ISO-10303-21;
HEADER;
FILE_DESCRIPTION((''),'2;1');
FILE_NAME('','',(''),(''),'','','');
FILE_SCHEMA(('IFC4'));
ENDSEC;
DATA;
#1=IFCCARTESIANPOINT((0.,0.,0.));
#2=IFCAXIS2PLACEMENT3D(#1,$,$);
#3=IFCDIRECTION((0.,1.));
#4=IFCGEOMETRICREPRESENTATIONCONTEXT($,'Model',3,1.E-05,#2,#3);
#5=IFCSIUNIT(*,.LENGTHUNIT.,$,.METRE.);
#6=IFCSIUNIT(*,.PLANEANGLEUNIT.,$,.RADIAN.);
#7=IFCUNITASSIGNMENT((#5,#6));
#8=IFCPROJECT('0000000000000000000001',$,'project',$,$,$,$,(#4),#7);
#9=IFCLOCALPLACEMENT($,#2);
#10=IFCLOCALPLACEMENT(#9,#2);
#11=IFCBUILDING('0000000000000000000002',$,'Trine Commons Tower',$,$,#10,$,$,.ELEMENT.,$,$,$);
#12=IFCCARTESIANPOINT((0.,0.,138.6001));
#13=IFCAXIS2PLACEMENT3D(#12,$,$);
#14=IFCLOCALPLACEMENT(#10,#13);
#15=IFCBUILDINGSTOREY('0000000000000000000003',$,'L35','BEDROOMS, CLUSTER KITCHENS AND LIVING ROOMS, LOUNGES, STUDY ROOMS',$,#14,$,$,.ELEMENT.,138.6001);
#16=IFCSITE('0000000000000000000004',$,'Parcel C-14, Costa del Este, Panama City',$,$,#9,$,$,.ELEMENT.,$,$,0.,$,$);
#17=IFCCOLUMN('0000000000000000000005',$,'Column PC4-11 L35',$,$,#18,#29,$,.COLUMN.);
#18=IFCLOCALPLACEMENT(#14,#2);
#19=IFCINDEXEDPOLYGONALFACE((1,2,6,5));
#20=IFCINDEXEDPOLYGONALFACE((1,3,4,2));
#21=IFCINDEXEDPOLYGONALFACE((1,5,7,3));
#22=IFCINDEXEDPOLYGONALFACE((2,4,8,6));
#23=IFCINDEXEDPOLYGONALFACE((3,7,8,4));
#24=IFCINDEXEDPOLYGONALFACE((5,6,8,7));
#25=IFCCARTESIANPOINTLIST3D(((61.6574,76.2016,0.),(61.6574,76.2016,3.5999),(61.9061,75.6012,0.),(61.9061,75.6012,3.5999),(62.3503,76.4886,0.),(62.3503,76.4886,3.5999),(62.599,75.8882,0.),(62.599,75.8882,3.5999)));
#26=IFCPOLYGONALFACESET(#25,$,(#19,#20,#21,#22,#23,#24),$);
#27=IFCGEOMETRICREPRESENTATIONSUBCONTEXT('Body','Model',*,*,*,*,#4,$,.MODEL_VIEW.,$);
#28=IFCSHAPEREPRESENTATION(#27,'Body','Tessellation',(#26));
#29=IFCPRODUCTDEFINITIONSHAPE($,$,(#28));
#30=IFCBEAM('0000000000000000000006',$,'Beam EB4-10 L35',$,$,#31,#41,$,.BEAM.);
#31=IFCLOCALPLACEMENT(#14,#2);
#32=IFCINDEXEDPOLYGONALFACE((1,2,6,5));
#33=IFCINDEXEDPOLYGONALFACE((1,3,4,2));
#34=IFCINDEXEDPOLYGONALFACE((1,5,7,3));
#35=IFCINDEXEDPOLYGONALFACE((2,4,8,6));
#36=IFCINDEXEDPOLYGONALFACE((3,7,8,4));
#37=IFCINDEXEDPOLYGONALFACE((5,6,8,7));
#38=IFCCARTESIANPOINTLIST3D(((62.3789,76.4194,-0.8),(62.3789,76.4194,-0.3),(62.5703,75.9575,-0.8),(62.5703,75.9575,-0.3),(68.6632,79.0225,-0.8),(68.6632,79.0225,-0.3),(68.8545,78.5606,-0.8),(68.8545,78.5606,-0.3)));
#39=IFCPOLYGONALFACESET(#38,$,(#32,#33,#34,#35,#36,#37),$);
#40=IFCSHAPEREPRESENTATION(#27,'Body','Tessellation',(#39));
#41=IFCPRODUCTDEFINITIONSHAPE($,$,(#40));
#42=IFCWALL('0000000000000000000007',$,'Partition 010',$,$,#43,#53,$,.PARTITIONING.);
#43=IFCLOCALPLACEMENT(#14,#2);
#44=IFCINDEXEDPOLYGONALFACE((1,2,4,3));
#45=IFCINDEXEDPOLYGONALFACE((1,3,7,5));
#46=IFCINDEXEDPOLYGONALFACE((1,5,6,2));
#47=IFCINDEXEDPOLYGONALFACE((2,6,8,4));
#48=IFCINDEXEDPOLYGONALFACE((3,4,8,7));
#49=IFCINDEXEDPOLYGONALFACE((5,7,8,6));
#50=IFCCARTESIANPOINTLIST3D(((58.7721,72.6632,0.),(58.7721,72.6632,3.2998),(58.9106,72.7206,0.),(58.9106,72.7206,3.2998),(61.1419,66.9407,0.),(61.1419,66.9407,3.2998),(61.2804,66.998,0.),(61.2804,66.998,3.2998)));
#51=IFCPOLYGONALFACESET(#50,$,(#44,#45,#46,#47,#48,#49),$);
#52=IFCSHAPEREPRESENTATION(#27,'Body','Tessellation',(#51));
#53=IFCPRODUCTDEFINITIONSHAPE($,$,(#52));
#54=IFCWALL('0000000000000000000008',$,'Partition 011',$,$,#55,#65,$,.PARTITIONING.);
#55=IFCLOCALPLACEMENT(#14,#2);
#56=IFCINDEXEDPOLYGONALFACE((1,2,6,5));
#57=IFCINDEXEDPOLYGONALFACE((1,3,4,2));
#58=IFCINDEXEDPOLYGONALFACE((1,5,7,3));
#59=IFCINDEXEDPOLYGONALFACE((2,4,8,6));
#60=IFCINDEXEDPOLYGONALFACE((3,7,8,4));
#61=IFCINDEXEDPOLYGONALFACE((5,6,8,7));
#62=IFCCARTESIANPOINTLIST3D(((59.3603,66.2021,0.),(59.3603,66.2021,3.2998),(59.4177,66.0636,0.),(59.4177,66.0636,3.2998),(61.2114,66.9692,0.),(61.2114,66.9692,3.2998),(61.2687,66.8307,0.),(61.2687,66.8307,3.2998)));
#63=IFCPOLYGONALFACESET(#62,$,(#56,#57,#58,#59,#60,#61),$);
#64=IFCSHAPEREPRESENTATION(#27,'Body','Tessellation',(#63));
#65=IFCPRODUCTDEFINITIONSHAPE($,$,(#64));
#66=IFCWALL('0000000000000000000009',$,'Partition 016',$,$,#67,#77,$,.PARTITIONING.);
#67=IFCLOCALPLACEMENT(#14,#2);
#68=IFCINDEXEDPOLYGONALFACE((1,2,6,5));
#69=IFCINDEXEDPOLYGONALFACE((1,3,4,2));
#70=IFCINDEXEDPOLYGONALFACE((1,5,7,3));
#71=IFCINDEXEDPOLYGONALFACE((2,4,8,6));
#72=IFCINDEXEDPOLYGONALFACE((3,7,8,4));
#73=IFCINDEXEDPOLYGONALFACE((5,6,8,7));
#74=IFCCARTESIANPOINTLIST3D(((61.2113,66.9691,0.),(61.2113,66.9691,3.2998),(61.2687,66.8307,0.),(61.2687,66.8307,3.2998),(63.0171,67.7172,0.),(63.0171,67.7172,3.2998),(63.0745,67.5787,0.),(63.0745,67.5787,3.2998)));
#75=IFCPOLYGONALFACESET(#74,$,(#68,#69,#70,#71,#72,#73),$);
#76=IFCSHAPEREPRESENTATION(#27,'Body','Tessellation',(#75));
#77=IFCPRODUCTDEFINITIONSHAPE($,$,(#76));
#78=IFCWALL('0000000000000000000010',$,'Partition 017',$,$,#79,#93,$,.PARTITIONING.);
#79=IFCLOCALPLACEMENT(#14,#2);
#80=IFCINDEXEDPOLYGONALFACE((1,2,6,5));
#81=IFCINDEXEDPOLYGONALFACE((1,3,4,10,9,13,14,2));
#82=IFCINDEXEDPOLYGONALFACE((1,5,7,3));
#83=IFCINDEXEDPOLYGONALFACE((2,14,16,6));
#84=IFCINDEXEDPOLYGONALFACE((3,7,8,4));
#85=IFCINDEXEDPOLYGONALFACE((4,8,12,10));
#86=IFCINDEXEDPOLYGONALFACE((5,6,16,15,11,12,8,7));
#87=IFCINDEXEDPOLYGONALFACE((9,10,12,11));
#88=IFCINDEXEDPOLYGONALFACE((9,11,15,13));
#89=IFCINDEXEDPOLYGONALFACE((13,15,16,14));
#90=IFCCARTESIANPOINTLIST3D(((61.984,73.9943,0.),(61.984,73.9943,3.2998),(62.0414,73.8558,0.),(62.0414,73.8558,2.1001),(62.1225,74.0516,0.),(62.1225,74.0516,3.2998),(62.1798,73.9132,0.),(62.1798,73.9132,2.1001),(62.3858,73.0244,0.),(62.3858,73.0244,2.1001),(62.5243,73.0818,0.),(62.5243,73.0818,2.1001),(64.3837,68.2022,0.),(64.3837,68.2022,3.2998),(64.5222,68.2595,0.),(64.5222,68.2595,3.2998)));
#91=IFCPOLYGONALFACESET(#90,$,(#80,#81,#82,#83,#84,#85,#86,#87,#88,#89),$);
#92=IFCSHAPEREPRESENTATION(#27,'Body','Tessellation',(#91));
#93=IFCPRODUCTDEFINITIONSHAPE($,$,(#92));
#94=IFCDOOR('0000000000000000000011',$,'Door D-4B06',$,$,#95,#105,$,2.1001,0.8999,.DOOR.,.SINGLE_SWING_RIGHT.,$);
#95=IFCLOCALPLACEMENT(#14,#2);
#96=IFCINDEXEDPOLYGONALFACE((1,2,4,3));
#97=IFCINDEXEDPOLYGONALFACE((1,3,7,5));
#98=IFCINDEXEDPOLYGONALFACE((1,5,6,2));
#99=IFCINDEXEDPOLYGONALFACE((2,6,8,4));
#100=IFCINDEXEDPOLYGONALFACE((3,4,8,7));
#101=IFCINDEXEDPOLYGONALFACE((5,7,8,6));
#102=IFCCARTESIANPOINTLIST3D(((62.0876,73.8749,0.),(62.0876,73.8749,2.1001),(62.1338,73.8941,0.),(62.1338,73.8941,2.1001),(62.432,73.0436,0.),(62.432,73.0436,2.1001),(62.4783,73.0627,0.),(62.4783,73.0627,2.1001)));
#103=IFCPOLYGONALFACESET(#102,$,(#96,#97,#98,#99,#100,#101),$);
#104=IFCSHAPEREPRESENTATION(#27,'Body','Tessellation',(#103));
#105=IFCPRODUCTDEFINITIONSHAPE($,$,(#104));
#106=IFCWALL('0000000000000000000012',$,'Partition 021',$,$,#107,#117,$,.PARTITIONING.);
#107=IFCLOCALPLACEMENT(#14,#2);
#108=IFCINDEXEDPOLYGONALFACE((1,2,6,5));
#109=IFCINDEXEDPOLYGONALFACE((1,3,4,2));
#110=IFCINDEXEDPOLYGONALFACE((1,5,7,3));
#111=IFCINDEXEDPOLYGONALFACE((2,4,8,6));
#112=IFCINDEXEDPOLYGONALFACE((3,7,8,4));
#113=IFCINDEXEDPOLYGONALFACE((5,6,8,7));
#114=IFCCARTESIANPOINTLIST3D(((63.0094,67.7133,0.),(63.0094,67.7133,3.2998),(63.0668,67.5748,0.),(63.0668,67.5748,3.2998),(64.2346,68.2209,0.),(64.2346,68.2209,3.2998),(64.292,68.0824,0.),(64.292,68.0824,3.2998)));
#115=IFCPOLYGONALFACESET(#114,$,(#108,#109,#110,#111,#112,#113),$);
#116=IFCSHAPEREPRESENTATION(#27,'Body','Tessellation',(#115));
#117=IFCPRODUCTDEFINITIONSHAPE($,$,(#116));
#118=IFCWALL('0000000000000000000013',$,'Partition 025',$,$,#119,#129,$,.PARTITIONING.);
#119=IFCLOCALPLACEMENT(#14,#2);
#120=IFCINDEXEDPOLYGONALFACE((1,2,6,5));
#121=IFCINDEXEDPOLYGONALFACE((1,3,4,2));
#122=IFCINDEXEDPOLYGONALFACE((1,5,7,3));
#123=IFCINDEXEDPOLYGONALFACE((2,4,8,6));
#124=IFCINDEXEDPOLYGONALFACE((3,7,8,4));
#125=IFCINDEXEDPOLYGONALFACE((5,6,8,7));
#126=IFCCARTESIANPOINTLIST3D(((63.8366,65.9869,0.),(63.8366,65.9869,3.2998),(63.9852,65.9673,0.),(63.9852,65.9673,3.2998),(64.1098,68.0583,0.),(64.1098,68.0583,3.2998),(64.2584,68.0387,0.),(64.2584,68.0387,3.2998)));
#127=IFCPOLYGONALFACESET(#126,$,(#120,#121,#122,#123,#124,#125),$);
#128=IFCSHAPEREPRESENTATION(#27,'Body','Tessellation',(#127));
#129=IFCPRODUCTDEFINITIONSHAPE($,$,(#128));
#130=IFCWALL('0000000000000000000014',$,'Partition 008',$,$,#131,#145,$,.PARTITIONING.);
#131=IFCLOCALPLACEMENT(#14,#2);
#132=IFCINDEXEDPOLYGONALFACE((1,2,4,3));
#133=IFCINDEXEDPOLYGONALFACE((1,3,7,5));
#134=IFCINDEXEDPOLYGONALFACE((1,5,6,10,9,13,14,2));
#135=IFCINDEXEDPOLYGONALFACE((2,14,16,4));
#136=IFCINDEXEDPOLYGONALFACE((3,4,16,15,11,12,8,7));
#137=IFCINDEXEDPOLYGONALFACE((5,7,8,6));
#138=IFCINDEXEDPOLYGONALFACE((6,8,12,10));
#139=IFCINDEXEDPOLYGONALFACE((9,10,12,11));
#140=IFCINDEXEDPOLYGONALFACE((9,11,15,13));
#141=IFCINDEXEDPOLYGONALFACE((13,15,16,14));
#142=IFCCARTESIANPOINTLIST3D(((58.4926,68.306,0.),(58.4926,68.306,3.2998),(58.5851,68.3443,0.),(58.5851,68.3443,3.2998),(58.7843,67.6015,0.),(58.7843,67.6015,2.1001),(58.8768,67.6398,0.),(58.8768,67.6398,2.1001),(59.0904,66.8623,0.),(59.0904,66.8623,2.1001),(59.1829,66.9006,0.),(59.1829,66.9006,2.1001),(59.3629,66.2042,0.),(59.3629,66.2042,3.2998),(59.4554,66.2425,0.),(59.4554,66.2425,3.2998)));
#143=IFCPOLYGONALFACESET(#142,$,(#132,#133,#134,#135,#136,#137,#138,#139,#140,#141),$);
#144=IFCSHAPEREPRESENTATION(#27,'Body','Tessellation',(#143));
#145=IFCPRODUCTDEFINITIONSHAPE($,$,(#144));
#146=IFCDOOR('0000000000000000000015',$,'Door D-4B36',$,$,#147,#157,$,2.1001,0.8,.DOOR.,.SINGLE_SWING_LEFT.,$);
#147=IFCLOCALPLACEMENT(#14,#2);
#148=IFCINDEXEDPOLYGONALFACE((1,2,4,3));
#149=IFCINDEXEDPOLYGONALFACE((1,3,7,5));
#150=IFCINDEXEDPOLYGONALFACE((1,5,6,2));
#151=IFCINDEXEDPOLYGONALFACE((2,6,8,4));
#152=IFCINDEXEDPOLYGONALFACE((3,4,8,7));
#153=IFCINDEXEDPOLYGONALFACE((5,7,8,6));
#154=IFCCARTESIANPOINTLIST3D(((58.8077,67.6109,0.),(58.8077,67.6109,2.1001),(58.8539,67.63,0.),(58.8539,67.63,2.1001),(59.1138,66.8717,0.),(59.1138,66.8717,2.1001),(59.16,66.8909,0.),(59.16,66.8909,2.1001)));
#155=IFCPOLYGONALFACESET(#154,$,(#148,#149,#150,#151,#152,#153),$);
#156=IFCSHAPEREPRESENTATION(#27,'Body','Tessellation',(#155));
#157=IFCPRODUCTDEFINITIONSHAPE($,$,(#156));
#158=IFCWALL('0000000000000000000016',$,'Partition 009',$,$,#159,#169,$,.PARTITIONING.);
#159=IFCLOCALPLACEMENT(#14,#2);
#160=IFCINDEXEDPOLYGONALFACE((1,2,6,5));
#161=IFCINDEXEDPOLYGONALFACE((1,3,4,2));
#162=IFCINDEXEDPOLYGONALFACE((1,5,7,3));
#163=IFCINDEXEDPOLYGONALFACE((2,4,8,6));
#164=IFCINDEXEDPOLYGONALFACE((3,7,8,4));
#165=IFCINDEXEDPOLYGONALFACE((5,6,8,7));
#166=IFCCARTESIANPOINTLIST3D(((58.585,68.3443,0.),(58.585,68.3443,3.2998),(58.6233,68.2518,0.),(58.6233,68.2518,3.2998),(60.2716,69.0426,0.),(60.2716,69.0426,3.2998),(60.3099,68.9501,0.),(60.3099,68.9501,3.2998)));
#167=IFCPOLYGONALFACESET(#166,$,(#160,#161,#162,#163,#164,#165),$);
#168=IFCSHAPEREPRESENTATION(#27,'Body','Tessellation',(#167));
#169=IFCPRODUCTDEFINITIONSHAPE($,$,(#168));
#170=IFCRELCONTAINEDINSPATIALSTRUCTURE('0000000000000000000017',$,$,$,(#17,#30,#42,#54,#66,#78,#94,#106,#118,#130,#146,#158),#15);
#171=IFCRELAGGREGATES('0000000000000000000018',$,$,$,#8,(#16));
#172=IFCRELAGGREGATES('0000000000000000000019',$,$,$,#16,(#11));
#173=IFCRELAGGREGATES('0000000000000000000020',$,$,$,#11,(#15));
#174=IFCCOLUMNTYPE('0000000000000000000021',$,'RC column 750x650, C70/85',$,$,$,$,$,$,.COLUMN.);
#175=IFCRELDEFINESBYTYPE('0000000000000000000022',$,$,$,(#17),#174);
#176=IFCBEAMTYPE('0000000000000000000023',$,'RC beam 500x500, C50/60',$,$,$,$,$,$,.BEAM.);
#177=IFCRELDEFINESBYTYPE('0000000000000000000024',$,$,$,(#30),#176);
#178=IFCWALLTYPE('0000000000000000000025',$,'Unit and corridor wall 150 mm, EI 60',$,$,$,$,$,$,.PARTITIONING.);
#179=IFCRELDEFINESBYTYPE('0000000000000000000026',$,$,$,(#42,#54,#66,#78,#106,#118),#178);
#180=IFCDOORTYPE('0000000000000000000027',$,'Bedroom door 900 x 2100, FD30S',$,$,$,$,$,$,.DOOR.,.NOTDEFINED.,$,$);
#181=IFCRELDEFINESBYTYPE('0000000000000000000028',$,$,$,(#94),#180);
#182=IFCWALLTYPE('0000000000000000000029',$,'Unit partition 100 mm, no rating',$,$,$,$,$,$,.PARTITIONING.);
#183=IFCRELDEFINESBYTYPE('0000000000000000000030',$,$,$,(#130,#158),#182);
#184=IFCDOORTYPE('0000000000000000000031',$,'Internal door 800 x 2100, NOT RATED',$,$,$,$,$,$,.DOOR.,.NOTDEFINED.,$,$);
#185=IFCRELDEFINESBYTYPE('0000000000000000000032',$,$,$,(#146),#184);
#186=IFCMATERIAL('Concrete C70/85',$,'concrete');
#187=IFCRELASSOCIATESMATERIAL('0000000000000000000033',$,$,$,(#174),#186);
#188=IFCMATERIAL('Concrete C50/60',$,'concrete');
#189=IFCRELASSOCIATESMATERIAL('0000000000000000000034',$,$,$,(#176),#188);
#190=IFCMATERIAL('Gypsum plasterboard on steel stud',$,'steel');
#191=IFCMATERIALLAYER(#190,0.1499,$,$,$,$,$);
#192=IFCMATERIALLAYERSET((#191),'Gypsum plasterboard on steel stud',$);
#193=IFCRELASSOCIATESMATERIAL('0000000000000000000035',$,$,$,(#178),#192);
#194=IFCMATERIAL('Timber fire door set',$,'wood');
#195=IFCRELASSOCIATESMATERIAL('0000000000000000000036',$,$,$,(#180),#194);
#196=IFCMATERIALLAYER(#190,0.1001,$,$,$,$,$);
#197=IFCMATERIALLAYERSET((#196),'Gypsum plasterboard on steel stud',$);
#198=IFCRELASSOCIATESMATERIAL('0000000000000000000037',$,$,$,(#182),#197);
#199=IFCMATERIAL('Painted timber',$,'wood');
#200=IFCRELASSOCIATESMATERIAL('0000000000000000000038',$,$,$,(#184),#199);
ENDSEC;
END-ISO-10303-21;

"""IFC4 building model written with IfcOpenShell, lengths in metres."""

from ifc_helpers import new_model, si_unit, direction, frame, frame_2d, origin, origin_2d, place, context, subcontext, project, spatial, rectangle, extrude, material, layer, layer_set, material_profile, profile_set, type_object, element, fill, save


model = new_model("IFC4")

# Units and contexts
model_context = context("Model", 3, precision=1e-05, world=origin(), true_north=direction((0.0, 1.0)))
body_context = subcontext(model_context, "Body", "Model", "MODEL_VIEW")
ifc_project = project(units=[si_unit("LENGTHUNIT", "METRE"), si_unit("PLANEANGLEUNIT", "RADIAN")], contexts=[model_context])

# Site, building, storey
site_placement = place(None, origin())
site = spatial("IfcSite", under=ifc_project, at=site_placement, Name="Parcel C-14, Costa del Este, Panama City", CompositionType="ELEMENT", RefElevation=0.0)
building_placement = place(site_placement, origin())
building = spatial("IfcBuilding", under=site, at=building_placement, Name="Trine Commons Tower", CompositionType="ELEMENT")
storey_placement = place(building_placement, frame((0.0, 0.0, 138.6001)))
storey = spatial("IfcBuildingStorey", under=building, at=storey_placement, Name="L35", Description="BEDROOMS, CLUSTER KITCHENS AND LIVING ROOMS, LOUNGES, STUDY ROOMS", CompositionType="ELEMENT", Elevation=138.6001)

# Column
ifc_material_1 = material(Name="Concrete C70/85", Category="concrete")
ifc_material_profile_1 = material_profile(ifc_material_1, rectangle(XDim=0.75, YDim=0.6499, at=origin_2d()), Name="RC 750x650")
ifc_profile_set_1 = profile_set([ifc_material_profile_1], Name="Concrete C70/85")
column_type = type_object("IfcColumnType", Name="RC column 750x650, C70/85", PredefinedType="COLUMN", material=ifc_profile_set_1)
column_placement = place(storey_placement, frame((62.1282, 76.0449, 0.0), z_axis=(0.0, 0.0, 1.0), x_axis=(0.92388, 0.382683, 0.0)))
element("IfcColumn", 1, at=column_placement, inside=storey, type_object=column_type, Name="Column PC4-11 L35", PredefinedType="COLUMN", context=body_context, shape_type="SweptSolid", body=[
    extrude(rectangle(XDim=0.75, YDim=0.6499, at=origin_2d()), origin(), (0.0, 0.0, 1.0), 3.5999),
])

# Beam
ifc_material_2 = material(Name="Concrete C50/60", Category="concrete")
ifc_material_profile_2 = material_profile(ifc_material_2, rectangle(XDim=0.5, YDim=0.5, at=origin_2d()), Name="RC 500x500")
ifc_profile_set_2 = profile_set([ifc_material_profile_2], Name="Concrete C50/60")
beam_type = type_object("IfcBeamType", Name="RC beam 500x500, C50/60", PredefinedType="BEAM", material=ifc_profile_set_2)
beam_placement = place(storey_placement, frame((62.4746, 76.1885, -0.55), z_axis=(0.923878, 0.382688, 0.0), x_axis=(-0.382688, 0.923878, 0.0)))
element("IfcBeam", 2, at=beam_placement, inside=storey, type_object=beam_type, Name="Beam EB4-10 L35", PredefinedType="BEAM", context=body_context, shape_type="SweptSolid", body=[
    extrude(rectangle(XDim=0.5, YDim=0.5, at=origin_2d()), origin(), (0.0, 0.0, 1.0), 6.802),
])

# Walls
ifc_material_3 = material(Name="Gypsum plasterboard on steel stud", Category="steel")
ifc_layer_1 = layer(ifc_material_3, 0.1499)
ifc_layer_set_1 = layer_set([ifc_layer_1], Name="Gypsum plasterboard on steel stud")
wall_type_1 = type_object("IfcWallType", Name="Unit and corridor wall 150 mm, EI 60", PredefinedType="PARTITIONING", material=ifc_layer_set_1)
wall_1_placement = place(storey_placement, frame((58.8413, 72.6919, 0.0), z_axis=(0.0, 0.0, 1.0), x_axis=(0.382611, -0.92391, 0.0)))
element("IfcWall", 3, at=wall_1_placement, inside=storey, type_object=wall_type_1, Name="Partition 010", PredefinedType="PARTITIONING", context=body_context, shape_type="SweptSolid", body=[
    extrude(rectangle(XDim=6.1938, YDim=0.1499, at=frame_2d((3.0969, 0.0))), origin(), (0.0, 0.0, 1.0), 3.2998),
])
wall_2_placement = place(storey_placement, frame((59.3889, 66.1328, 0.0), z_axis=(0.0, 0.0, 1.0), x_axis=(0.923818, 0.382832, 0.0)))
element("IfcWall", 4, at=wall_2_placement, inside=storey, type_object=wall_type_1, Name="Partition 011", PredefinedType="PARTITIONING", context=body_context, shape_type="SweptSolid", body=[
    extrude(rectangle(XDim=2.0037, YDim=0.1499, at=frame_2d((1.002, 0.0))), origin(), (0.0, 0.0, 1.0), 3.2998),
])
wall_3_placement = place(storey_placement, frame((61.24, 66.8999, 0.0), z_axis=(0.0, 0.0, 1.0), x_axis=(0.923877, 0.38269, 0.0)))
element("IfcWall", 5, at=wall_3_placement, inside=storey, type_object=wall_type_1, Name="Partition 016", PredefinedType="PARTITIONING", context=body_context, shape_type="SweptSolid", body=[
    extrude(rectangle(XDim=1.9546, YDim=0.1499, at=frame_2d((0.9773, 0.0))), origin(), (0.0, 0.0, 1.0), 3.2998),
])

# Wall, opening, door
wall_4_placement = place(storey_placement, frame((62.0532, 74.0229, 0.0), z_axis=(0.0, 0.0, 1.0), x_axis=(0.382756, -0.923849, 0.0)))
wall_4 = element("IfcWall", 6, at=wall_4_placement, inside=storey, type_object=wall_type_1, Name="Partition 017", PredefinedType="PARTITIONING", context=body_context, shape_type="SweptSolid", body=[
    extrude(rectangle(XDim=6.2695, YDim=0.1499, at=frame_2d((3.1348, 0.0))), origin(), (0.0, 0.0, 1.0), 3.2998),
])
opening_1_placement = place(wall_4_placement, frame((0.1499, 0.0, 0.0)))
opening_1 = element("IfcOpeningElement", 7, at=opening_1_placement, cuts=wall_4, PredefinedType="OPENING", context=body_context, shape_type="SweptSolid", body=[
    extrude(rectangle(XDim=0.8999, YDim=2.1001, at=frame_2d((0.45, 1.05))), frame((0.0, 0.085, 0.0), z_axis=(0.0, -1.0, 0.0), x_axis=(1.0, 0.0, 0.0)), (0.0, 0.0, 1.0), 0.1699),
])
ifc_material_4 = material(Name="Timber fire door set", Category="wood")
door_type_1 = type_object("IfcDoorType", Name="Bedroom door 900 x 2100, FD30S", OperationType="NOTDEFINED", PredefinedType="DOOR", material=ifc_material_4)
door_1_placement = place(opening_1_placement, frame((0.8999, 0.0, 0.0), z_axis=(0.0, 0.0, 1.0), x_axis=(-1.0, 0.0, 0.0)))
door_1 = element("IfcDoor", 8, at=door_1_placement, inside=storey, type_object=door_type_1, Name="Door D-4B06", OperationType="SINGLE_SWING_RIGHT", OverallHeight=2.1001, OverallWidth=0.8999, PredefinedType="DOOR", context=body_context, shape_type="SweptSolid", body=[
    extrude(rectangle(XDim=0.8999, YDim=2.1001, at=frame_2d((0.45, 1.05))), frame((0.0, 0.0249, 0.0), z_axis=(0.0, -1.0, 0.0), x_axis=(1.0, 0.0, 0.0)), (0.0, 0.0, 1.0), 0.05),
])
fill(opening_1, door_1)

# Walls
wall_5_placement = place(storey_placement, frame((63.0381, 67.644, 0.0), z_axis=(0.0, 0.0, 1.0), x_axis=(0.923849, 0.382758, 0.0)))
element("IfcWall", 9, at=wall_5_placement, inside=storey, type_object=wall_type_1, Name="Partition 021", PredefinedType="PARTITIONING", context=body_context, shape_type="SweptSolid", body=[
    extrude(rectangle(XDim=1.3262, YDim=0.1499, at=frame_2d((0.6631, 0.0))), origin(), (0.0, 0.0, 1.0), 3.2998),
])
wall_6_placement = place(storey_placement, frame((63.9109, 65.9771, 0.0), z_axis=(0.0, 0.0, 1.0), x_axis=(0.130748, 0.991416, 0.0)))
element("IfcWall", 10, at=wall_6_placement, inside=storey, type_object=wall_type_1, Name="Partition 025", PredefinedType="PARTITIONING", context=body_context, shape_type="SweptSolid", body=[
    extrude(rectangle(XDim=2.0894, YDim=0.1499, at=frame_2d((1.0447, 0.0))), origin(), (0.0, 0.0, 1.0), 3.2998),
])

# Wall, opening, door
ifc_layer_2 = layer(ifc_material_3, 0.1001)
ifc_layer_set_2 = layer_set([ifc_layer_2], Name="Gypsum plasterboard on steel stud")
wall_type_2 = type_object("IfcWallType", Name="Unit partition 100 mm, no rating", PredefinedType="PARTITIONING", material=ifc_layer_set_2)
wall_7_placement = place(storey_placement, frame((58.5388, 68.3252, 0.0), z_axis=(0.0, 0.0, 1.0), x_axis=(0.382595, -0.923916, 0.0)))
wall_7 = element("IfcWall", 11, at=wall_7_placement, inside=storey, type_object=wall_type_2, Name="Partition 008", PredefinedType="PARTITIONING", context=body_context, shape_type="SweptSolid", body=[
    extrude(rectangle(XDim=2.2749, YDim=0.1001, at=frame_2d((1.1375, 0.0))), origin(), (0.0, 0.0, 1.0), 3.2998),
])
opening_2_placement = place(wall_7_placement, frame((0.7627, 0.0, 0.0)))
opening_2 = element("IfcOpeningElement", 12, at=opening_2_placement, cuts=wall_7, PredefinedType="OPENING", context=body_context, shape_type="SweptSolid", body=[
    extrude(rectangle(XDim=0.8, YDim=2.1001, at=frame_2d((0.3999, 1.05))), frame((0.0, 0.0601, 0.0), z_axis=(0.0, -1.0, 0.0), x_axis=(1.0, 0.0, 0.0)), (0.0, 0.0, 1.0), 0.1201),
])
ifc_material_5 = material(Name="Painted timber", Category="wood")
door_type_2 = type_object("IfcDoorType", Name="Internal door 800 x 2100, NOT RATED", OperationType="NOTDEFINED", PredefinedType="DOOR", material=ifc_material_5)
door_2_placement = place(opening_2_placement, frame((0.8, 0.0, 0.0), z_axis=(0.0, 0.0, 1.0), x_axis=(-1.0, 0.0, 0.0)))
door_2 = element("IfcDoor", 13, at=door_2_placement, inside=storey, type_object=door_type_2, Name="Door D-4B36", OperationType="SINGLE_SWING_LEFT", OverallHeight=2.1001, OverallWidth=0.8, PredefinedType="DOOR", context=body_context, shape_type="SweptSolid", body=[
    extrude(rectangle(XDim=0.8, YDim=2.1001, at=frame_2d((0.3999, 1.05))), frame((0.0, 0.0249, 0.0), z_axis=(0.0, -1.0, 0.0), x_axis=(1.0, 0.0, 0.0)), (0.0, 0.0, 1.0), 0.05),
])
fill(opening_2, door_2)

# Wall
wall_8_placement = place(storey_placement, frame((58.6042, 68.2981, 0.0), z_axis=(0.0, 0.0, 1.0), x_axis=(0.923945, 0.382525, 0.0)))
element("IfcWall", 14, at=wall_8_placement, inside=storey, type_object=wall_type_2, Name="Partition 009", PredefinedType="PARTITIONING", context=body_context, shape_type="SweptSolid", body=[
    extrude(rectangle(XDim=1.8254, YDim=0.1001, at=frame_2d((0.9126, 0.0))), origin(), (0.0, 0.0, 1.0), 3.2998),
])

save(model, "model.ifc")
